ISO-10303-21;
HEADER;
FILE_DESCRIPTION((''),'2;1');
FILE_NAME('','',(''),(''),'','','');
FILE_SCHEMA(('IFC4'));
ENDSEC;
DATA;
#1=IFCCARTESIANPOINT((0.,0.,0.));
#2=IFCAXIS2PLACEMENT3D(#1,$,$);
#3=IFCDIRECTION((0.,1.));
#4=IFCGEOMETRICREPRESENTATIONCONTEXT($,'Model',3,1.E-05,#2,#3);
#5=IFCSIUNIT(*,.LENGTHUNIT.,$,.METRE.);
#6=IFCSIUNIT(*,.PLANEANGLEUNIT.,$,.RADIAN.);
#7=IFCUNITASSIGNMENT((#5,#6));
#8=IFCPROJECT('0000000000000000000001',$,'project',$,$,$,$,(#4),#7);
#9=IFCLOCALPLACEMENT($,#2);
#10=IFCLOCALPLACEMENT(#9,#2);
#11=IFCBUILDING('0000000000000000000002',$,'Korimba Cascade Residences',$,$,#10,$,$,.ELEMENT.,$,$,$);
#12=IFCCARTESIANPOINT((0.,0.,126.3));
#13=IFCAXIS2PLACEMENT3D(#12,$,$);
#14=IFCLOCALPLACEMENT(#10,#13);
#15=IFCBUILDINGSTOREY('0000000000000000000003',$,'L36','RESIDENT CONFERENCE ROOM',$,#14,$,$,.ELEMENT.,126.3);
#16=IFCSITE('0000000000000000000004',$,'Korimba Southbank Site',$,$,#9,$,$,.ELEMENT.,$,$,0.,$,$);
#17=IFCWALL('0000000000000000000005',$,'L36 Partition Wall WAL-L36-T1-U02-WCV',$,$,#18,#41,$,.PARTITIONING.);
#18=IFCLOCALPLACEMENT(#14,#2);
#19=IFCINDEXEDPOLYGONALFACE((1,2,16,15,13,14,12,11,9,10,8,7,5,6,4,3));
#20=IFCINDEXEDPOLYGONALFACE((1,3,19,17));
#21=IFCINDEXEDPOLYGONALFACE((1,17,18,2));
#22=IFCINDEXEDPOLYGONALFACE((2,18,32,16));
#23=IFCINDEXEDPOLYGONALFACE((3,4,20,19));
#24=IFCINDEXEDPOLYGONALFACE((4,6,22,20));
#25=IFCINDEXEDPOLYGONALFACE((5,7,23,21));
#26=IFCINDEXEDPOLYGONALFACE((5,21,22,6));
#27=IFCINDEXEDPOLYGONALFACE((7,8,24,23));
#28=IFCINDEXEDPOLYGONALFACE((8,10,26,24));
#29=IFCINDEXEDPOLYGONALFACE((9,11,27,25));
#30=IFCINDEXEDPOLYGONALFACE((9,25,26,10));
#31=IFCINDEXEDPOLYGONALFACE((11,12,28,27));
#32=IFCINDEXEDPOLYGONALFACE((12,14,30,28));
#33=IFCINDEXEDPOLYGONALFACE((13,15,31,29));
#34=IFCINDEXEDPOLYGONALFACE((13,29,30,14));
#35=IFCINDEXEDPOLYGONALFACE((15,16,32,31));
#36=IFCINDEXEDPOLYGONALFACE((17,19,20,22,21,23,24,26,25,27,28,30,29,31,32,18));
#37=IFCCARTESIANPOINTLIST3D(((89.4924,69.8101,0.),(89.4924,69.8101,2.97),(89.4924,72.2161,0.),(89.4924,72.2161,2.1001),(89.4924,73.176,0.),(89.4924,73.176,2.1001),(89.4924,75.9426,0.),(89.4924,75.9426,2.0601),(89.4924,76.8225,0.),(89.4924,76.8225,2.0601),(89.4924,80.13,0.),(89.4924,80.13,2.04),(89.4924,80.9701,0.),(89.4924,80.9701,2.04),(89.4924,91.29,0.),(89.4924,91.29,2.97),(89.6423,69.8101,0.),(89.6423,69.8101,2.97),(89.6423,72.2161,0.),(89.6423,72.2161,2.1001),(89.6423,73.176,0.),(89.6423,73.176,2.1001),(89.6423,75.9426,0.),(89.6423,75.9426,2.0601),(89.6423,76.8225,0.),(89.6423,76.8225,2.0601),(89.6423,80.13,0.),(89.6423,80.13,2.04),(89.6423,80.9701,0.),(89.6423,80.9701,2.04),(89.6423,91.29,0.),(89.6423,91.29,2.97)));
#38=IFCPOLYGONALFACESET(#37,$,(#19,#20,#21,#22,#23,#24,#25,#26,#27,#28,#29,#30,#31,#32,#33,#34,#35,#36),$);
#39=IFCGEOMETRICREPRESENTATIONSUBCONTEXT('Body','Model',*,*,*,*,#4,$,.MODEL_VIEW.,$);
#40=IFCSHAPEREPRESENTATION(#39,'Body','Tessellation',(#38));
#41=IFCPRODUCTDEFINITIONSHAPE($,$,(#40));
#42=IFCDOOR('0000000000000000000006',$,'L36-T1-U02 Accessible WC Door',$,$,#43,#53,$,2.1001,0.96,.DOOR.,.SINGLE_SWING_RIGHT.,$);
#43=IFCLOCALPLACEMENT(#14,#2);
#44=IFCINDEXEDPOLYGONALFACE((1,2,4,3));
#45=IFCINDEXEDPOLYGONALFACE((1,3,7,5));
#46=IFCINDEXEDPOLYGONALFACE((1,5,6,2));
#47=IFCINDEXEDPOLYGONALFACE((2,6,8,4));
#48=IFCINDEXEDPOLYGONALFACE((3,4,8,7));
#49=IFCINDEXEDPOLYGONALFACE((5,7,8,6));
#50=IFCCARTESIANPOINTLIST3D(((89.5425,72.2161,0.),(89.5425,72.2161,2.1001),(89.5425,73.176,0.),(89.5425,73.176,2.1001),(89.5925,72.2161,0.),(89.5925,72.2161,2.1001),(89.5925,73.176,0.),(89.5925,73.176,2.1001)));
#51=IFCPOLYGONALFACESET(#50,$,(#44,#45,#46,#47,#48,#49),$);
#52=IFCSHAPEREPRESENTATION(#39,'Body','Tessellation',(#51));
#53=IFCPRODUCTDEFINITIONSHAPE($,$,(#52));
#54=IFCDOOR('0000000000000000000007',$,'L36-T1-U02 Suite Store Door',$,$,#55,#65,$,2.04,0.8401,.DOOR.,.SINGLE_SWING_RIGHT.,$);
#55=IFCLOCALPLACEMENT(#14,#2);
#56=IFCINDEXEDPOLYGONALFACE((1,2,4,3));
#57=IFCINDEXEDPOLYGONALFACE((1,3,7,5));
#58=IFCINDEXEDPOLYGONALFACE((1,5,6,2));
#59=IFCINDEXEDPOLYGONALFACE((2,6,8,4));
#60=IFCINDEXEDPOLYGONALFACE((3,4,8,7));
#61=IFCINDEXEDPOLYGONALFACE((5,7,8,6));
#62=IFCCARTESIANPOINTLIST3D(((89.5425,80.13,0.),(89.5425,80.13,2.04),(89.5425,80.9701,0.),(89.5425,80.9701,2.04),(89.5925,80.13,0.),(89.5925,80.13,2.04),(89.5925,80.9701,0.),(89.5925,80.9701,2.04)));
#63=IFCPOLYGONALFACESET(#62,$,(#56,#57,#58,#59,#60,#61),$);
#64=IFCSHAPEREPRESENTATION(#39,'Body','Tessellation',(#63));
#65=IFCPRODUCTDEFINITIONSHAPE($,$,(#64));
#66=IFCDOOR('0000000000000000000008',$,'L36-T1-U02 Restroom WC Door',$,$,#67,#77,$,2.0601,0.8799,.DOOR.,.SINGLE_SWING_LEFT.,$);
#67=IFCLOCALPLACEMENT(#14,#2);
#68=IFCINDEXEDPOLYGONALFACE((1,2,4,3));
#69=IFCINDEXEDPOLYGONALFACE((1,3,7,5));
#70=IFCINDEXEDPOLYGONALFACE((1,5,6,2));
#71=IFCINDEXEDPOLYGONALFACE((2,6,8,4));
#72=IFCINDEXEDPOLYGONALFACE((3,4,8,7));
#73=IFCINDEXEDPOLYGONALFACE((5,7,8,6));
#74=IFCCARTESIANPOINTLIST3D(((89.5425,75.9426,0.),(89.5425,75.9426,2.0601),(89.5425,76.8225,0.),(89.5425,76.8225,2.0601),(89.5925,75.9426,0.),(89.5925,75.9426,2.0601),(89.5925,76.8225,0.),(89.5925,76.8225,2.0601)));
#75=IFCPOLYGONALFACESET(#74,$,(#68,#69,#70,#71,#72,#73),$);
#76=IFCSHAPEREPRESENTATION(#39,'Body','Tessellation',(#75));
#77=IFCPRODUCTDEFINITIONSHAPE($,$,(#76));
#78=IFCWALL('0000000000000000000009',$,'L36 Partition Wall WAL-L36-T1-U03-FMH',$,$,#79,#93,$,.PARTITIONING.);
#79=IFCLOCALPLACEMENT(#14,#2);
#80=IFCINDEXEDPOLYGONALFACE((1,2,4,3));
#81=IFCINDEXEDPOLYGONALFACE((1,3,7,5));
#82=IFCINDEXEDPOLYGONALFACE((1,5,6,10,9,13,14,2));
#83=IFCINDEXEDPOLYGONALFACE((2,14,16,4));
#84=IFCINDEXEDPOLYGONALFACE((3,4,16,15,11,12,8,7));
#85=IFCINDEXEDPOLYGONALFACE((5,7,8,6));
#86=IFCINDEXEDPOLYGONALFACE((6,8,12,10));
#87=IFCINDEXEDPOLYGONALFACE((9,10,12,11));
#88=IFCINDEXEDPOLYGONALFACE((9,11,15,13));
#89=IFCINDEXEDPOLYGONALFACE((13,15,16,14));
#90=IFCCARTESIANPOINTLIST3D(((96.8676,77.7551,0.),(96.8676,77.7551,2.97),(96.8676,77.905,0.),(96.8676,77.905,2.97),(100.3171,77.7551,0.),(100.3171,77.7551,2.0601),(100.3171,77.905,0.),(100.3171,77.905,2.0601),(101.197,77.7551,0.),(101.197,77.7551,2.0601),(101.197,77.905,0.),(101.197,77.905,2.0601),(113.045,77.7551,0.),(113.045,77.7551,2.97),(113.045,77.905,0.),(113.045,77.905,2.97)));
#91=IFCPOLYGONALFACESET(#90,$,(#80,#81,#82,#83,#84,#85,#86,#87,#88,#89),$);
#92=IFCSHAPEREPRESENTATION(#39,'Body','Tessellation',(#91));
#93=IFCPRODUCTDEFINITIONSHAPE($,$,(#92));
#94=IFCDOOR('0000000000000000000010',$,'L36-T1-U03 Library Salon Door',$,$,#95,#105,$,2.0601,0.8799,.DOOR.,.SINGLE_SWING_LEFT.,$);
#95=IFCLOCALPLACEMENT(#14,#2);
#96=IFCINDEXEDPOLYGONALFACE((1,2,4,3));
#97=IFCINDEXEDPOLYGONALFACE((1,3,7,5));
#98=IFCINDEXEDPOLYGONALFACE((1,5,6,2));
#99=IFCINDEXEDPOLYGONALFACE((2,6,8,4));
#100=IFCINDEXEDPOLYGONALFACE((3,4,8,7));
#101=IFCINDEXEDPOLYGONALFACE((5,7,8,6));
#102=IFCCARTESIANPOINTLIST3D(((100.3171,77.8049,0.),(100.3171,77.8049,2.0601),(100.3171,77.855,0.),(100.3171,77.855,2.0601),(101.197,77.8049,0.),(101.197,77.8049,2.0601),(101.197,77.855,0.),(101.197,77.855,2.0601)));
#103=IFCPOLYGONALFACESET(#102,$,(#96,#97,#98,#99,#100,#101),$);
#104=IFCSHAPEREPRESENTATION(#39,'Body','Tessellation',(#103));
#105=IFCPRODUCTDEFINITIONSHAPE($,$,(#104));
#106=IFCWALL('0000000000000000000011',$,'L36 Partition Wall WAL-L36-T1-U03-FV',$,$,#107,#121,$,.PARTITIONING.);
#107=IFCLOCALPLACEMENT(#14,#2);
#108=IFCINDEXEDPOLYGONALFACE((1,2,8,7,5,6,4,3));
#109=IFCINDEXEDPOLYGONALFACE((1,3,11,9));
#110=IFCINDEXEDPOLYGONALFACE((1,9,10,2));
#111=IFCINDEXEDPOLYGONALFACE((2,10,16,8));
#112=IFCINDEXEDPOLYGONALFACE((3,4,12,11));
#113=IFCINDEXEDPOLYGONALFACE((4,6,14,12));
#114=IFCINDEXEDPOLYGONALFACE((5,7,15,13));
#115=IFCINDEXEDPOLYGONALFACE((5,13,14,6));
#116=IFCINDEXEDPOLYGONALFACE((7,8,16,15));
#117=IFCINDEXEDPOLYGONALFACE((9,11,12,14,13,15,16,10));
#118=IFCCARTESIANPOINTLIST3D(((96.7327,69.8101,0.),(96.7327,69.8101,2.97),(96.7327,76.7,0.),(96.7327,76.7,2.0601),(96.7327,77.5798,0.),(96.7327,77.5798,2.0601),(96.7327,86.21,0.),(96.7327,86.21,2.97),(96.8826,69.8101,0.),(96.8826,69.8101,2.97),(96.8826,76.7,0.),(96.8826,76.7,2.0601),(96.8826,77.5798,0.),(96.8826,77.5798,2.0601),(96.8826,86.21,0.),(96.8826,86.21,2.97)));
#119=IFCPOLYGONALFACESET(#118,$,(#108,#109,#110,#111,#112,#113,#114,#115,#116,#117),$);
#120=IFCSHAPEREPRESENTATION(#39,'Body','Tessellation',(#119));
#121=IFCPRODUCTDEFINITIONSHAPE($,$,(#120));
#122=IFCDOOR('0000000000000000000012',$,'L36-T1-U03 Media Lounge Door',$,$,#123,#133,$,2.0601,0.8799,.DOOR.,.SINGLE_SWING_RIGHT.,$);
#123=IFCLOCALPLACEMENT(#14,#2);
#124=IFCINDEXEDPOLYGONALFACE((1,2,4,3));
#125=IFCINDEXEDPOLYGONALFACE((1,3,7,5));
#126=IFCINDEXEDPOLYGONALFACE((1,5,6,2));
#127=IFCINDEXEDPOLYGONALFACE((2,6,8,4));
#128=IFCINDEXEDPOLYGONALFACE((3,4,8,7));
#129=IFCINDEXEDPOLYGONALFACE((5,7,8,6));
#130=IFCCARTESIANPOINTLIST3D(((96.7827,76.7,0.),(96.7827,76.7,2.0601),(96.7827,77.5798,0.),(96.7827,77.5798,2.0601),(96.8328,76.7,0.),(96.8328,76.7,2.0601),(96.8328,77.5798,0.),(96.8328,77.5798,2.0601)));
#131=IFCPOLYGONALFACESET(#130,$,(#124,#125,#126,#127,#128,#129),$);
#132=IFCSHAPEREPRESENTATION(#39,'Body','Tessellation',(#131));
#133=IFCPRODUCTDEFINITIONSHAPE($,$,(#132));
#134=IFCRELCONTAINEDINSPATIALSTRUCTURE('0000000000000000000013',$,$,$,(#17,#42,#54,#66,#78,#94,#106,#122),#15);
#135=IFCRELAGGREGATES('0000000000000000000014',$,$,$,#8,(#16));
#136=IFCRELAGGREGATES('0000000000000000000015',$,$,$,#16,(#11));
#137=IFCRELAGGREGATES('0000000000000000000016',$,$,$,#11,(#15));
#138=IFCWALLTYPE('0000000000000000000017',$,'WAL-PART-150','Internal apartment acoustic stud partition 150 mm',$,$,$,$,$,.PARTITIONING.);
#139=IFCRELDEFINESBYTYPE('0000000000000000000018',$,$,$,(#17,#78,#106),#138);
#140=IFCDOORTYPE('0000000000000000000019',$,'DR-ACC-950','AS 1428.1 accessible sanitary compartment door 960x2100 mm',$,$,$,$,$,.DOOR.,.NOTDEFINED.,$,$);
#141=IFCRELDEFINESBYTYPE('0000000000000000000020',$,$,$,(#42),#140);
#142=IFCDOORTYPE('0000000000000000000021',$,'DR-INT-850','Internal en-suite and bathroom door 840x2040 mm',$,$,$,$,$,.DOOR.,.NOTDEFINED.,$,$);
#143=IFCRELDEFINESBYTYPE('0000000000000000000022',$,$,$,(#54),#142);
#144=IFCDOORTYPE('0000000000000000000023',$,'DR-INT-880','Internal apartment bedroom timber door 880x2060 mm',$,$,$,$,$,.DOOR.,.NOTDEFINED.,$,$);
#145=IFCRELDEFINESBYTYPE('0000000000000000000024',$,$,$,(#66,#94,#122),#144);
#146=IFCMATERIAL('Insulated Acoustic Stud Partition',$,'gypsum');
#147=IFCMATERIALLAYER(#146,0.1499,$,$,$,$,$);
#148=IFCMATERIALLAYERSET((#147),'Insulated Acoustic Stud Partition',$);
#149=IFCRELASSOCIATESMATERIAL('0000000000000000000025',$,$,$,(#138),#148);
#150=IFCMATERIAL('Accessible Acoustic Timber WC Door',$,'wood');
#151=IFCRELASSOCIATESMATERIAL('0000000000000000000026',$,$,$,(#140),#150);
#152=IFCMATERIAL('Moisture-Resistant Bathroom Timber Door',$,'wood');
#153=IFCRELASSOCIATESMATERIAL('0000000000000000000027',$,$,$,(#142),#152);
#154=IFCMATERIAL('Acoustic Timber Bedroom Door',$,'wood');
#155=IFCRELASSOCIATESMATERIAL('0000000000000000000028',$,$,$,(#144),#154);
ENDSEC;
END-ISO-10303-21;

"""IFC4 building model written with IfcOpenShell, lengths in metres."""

from ifc_helpers import new_model, si_unit, direction, frame, frame_2d, origin, place, context, subcontext, project, spatial, rectangle, extrude, material, layer, layer_set, type_object, element, fill, save


model = new_model("IFC4")

# Units and contexts
model_context = context("Model", 3, precision=1e-05, world=origin(), true_north=direction((0.0, 1.0)))
body_context = subcontext(model_context, "Body", "Model", "MODEL_VIEW")
ifc_project = project(units=[si_unit("LENGTHUNIT", "METRE"), si_unit("PLANEANGLEUNIT", "RADIAN")], contexts=[model_context])

# Site, building, storey
site_placement = place(None, origin())
site = spatial("IfcSite", under=ifc_project, at=site_placement, Name="Korimba Southbank Site", CompositionType="ELEMENT", RefElevation=0.0)
building_placement = place(site_placement, origin())
building = spatial("IfcBuilding", under=site, at=building_placement, Name="Korimba Cascade Residences", CompositionType="ELEMENT")
storey_placement = place(building_placement, frame((0.0, 0.0, 126.3)))
storey = spatial("IfcBuildingStorey", under=building, at=storey_placement, Name="L36", Description="RESIDENT CONFERENCE ROOM", CompositionType="ELEMENT", Elevation=126.3)

# Shared definitions
ifc_material_1 = material(Name="Insulated Acoustic Stud Partition", Category="gypsum")
ifc_layer_1 = layer(ifc_material_1, 0.1499)
ifc_layer_set_1 = layer_set([ifc_layer_1], Name="Insulated Acoustic Stud Partition")
wall_type_1 = type_object("IfcWallType", Name="WAL-PART-150", Description="Internal apartment acoustic stud partition 150 mm", PredefinedType="PARTITIONING", material=ifc_layer_set_1)

# Wall, openings, doors
wall_1_placement = place(storey_placement, frame((89.5674, 69.8101, 0.0), z_axis=(0.0, 0.0, 1.0), x_axis=(0.0, 1.0, 0.0)))
wall_1 = element("IfcWall", 1, at=wall_1_placement, inside=storey, type_object=wall_type_1, Name="L36 Partition Wall WAL-L36-T1-U02-WCV", PredefinedType="PARTITIONING", context=body_context, shape_type="SweptSolid", body=[
    extrude(rectangle(XDim=21.48, YDim=0.1499, at=frame_2d((10.74, 0.0))), origin(), (0.0, 0.0, 1.0), 2.97),
])
opening_1_placement = place(wall_1_placement, frame((2.406, 0.0, 0.0)))
opening_1 = element("IfcOpeningElement", 2, at=opening_1_placement, cuts=wall_1, PredefinedType="OPENING", context=body_context, shape_type="SweptSolid", body=[
    extrude(rectangle(XDim=0.96, YDim=2.1001, at=frame_2d((0.48, 1.05))), frame((0.0, 0.085, 0.0), z_axis=(0.0, -1.0, 0.0), x_axis=(1.0, 0.0, 0.0)), (0.0, 0.0, 1.0), 0.1699),
])
opening_2_placement = place(wall_1_placement, frame((6.1326, 0.0, 0.0)))
opening_2 = element("IfcOpeningElement", 3, at=opening_2_placement, cuts=wall_1, PredefinedType="OPENING", context=body_context, shape_type="SweptSolid", body=[
    extrude(rectangle(XDim=0.8799, YDim=2.0601, at=frame_2d((0.4399, 1.03))), frame((0.0, 0.085, 0.0), z_axis=(0.0, -1.0, 0.0), x_axis=(1.0, 0.0, 0.0)), (0.0, 0.0, 1.0), 0.1699),
])
opening_3_placement = place(wall_1_placement, frame((10.3201, 0.0, 0.0)))
opening_3 = element("IfcOpeningElement", 4, at=opening_3_placement, cuts=wall_1, PredefinedType="OPENING", context=body_context, shape_type="SweptSolid", body=[
    extrude(rectangle(XDim=0.8401, YDim=2.04, at=frame_2d((0.4199, 1.02))), frame((0.0, 0.085, 0.0), z_axis=(0.0, -1.0, 0.0), x_axis=(1.0, 0.0, 0.0)), (0.0, 0.0, 1.0), 0.1699),
])
ifc_material_2 = material(Name="Accessible Acoustic Timber WC Door", Category="wood")
door_type_1 = type_object("IfcDoorType", Name="DR-ACC-950", Description="AS 1428.1 accessible sanitary compartment door 960x2100 mm", OperationType="NOTDEFINED", PredefinedType="DOOR", material=ifc_material_2)
door_1_placement = place(opening_1_placement, origin())
door_1 = element("IfcDoor", 5, at=door_1_placement, inside=storey, type_object=door_type_1, Name="L36-T1-U02 Accessible WC Door", OperationType="SINGLE_SWING_RIGHT", OverallHeight=2.1001, OverallWidth=0.96, PredefinedType="DOOR", context=body_context, shape_type="SweptSolid", body=[
    extrude(rectangle(XDim=0.96, YDim=2.1001, at=frame_2d((0.48, 1.05))), frame((0.0, 0.0249, 0.0), z_axis=(0.0, -1.0, 0.0), x_axis=(1.0, 0.0, 0.0)), (0.0, 0.0, 1.0), 0.05),
])
fill(opening_1, door_1)
ifc_material_3 = material(Name="Moisture-Resistant Bathroom Timber Door", Category="wood")
door_type_2 = type_object("IfcDoorType", Name="DR-INT-850", Description="Internal en-suite and bathroom door 840x2040 mm", OperationType="NOTDEFINED", PredefinedType="DOOR", material=ifc_material_3)
door_2_placement = place(opening_3_placement, origin())
door_2 = element("IfcDoor", 6, at=door_2_placement, inside=storey, type_object=door_type_2, Name="L36-T1-U02 Suite Store Door", OperationType="SINGLE_SWING_RIGHT", OverallHeight=2.04, OverallWidth=0.8401, PredefinedType="DOOR", context=body_context, shape_type="SweptSolid", body=[
    extrude(rectangle(XDim=0.8401, YDim=2.04, at=frame_2d((0.4199, 1.02))), frame((0.0, 0.0249, 0.0), z_axis=(0.0, -1.0, 0.0), x_axis=(1.0, 0.0, 0.0)), (0.0, 0.0, 1.0), 0.05),
])
fill(opening_3, door_2)
ifc_material_4 = material(Name="Acoustic Timber Bedroom Door", Category="wood")
door_type_3 = type_object("IfcDoorType", Name="DR-INT-880", Description="Internal apartment bedroom timber door 880x2060 mm", OperationType="NOTDEFINED", PredefinedType="DOOR", material=ifc_material_4)
door_3_placement = place(opening_2_placement, origin())
door_3 = element("IfcDoor", 7, at=door_3_placement, inside=storey, type_object=door_type_3, Name="L36-T1-U02 Restroom WC Door", OperationType="SINGLE_SWING_LEFT", OverallHeight=2.0601, OverallWidth=0.8799, PredefinedType="DOOR", context=body_context, shape_type="SweptSolid", body=[
    extrude(rectangle(XDim=0.8799, YDim=2.0601, at=frame_2d((0.4399, 1.03))), frame((0.0, 0.0249, 0.0), z_axis=(0.0, -1.0, 0.0), x_axis=(1.0, 0.0, 0.0)), (0.0, 0.0, 1.0), 0.05),
])
fill(opening_2, door_3)

# Walls, openings, doors
wall_2_placement = place(storey_placement, frame((96.8674, 77.8301, 0.0), z_axis=(0.0, 0.0, 1.0), x_axis=(1.0, 0.0, 0.0)))
wall_2 = element("IfcWall", 8, at=wall_2_placement, inside=storey, type_object=wall_type_1, Name="L36 Partition Wall WAL-L36-T1-U03-FMH", PredefinedType="PARTITIONING", context=body_context, shape_type="SweptSolid", body=[
    extrude(rectangle(XDim=16.1775, YDim=0.1499, at=frame_2d((8.0889, 0.0))), origin(), (0.0, 0.0, 1.0), 2.97),
])
opening_4_placement = place(wall_2_placement, frame((3.4497, 0.0, 0.0)))
opening_4 = element("IfcOpeningElement", 9, at=opening_4_placement, cuts=wall_2, PredefinedType="OPENING", context=body_context, shape_type="SweptSolid", body=[
    extrude(rectangle(XDim=0.8799, YDim=2.0601, at=frame_2d((0.4399, 1.03))), frame((0.0, 0.085, 0.0), z_axis=(0.0, -1.0, 0.0), x_axis=(1.0, 0.0, 0.0)), (0.0, 0.0, 1.0), 0.1699),
])
door_4_placement = place(opening_4_placement, origin())
door_4 = element("IfcDoor", 10, at=door_4_placement, inside=storey, type_object=door_type_3, Name="L36-T1-U03 Library Salon Door", OperationType="SINGLE_SWING_LEFT", OverallHeight=2.0601, OverallWidth=0.8799, PredefinedType="DOOR", context=body_context, shape_type="SweptSolid", body=[
    extrude(rectangle(XDim=0.8799, YDim=2.0601, at=frame_2d((0.4399, 1.03))), frame((0.0, 0.0249, 0.0), z_axis=(0.0, -1.0, 0.0), x_axis=(1.0, 0.0, 0.0)), (0.0, 0.0, 1.0), 0.05),
])
fill(opening_4, door_4)
wall_3_placement = place(storey_placement, frame((96.8076, 69.8101, 0.0), z_axis=(0.0, 0.0, 1.0), x_axis=(0.0, 1.0, 0.0)))
wall_3 = element("IfcWall", 11, at=wall_3_placement, inside=storey, type_object=wall_type_1, Name="L36 Partition Wall WAL-L36-T1-U03-FV", PredefinedType="PARTITIONING", context=body_context, shape_type="SweptSolid", body=[
    extrude(rectangle(XDim=16.3999, YDim=0.1499, at=frame_2d((8.2, 0.0))), origin(), (0.0, 0.0, 1.0), 2.97),
])
opening_5_placement = place(wall_3_placement, frame((6.8899, 0.0, 0.0)))
opening_5 = element("IfcOpeningElement", 12, at=opening_5_placement, cuts=wall_3, PredefinedType="OPENING", context=body_context, shape_type="SweptSolid", body=[
    extrude(rectangle(XDim=0.8799, YDim=2.0601, at=frame_2d((0.4399, 1.03))), frame((0.0, 0.085, 0.0), z_axis=(0.0, -1.0, 0.0), x_axis=(1.0, 0.0, 0.0)), (0.0, 0.0, 1.0), 0.1699),
])
door_5_placement = place(opening_5_placement, origin())
door_5 = element("IfcDoor", 13, at=door_5_placement, inside=storey, type_object=door_type_3, Name="L36-T1-U03 Media Lounge Door", OperationType="SINGLE_SWING_RIGHT", OverallHeight=2.0601, OverallWidth=0.8799, PredefinedType="DOOR", context=body_context, shape_type="SweptSolid", body=[
    extrude(rectangle(XDim=0.8799, YDim=2.0601, at=frame_2d((0.4399, 1.03))), frame((0.0, 0.0249, 0.0), z_axis=(0.0, -1.0, 0.0), x_axis=(1.0, 0.0, 0.0)), (0.0, 0.0, 1.0), 0.05),
])
fill(opening_5, door_5)

save(model, "model.ifc")
